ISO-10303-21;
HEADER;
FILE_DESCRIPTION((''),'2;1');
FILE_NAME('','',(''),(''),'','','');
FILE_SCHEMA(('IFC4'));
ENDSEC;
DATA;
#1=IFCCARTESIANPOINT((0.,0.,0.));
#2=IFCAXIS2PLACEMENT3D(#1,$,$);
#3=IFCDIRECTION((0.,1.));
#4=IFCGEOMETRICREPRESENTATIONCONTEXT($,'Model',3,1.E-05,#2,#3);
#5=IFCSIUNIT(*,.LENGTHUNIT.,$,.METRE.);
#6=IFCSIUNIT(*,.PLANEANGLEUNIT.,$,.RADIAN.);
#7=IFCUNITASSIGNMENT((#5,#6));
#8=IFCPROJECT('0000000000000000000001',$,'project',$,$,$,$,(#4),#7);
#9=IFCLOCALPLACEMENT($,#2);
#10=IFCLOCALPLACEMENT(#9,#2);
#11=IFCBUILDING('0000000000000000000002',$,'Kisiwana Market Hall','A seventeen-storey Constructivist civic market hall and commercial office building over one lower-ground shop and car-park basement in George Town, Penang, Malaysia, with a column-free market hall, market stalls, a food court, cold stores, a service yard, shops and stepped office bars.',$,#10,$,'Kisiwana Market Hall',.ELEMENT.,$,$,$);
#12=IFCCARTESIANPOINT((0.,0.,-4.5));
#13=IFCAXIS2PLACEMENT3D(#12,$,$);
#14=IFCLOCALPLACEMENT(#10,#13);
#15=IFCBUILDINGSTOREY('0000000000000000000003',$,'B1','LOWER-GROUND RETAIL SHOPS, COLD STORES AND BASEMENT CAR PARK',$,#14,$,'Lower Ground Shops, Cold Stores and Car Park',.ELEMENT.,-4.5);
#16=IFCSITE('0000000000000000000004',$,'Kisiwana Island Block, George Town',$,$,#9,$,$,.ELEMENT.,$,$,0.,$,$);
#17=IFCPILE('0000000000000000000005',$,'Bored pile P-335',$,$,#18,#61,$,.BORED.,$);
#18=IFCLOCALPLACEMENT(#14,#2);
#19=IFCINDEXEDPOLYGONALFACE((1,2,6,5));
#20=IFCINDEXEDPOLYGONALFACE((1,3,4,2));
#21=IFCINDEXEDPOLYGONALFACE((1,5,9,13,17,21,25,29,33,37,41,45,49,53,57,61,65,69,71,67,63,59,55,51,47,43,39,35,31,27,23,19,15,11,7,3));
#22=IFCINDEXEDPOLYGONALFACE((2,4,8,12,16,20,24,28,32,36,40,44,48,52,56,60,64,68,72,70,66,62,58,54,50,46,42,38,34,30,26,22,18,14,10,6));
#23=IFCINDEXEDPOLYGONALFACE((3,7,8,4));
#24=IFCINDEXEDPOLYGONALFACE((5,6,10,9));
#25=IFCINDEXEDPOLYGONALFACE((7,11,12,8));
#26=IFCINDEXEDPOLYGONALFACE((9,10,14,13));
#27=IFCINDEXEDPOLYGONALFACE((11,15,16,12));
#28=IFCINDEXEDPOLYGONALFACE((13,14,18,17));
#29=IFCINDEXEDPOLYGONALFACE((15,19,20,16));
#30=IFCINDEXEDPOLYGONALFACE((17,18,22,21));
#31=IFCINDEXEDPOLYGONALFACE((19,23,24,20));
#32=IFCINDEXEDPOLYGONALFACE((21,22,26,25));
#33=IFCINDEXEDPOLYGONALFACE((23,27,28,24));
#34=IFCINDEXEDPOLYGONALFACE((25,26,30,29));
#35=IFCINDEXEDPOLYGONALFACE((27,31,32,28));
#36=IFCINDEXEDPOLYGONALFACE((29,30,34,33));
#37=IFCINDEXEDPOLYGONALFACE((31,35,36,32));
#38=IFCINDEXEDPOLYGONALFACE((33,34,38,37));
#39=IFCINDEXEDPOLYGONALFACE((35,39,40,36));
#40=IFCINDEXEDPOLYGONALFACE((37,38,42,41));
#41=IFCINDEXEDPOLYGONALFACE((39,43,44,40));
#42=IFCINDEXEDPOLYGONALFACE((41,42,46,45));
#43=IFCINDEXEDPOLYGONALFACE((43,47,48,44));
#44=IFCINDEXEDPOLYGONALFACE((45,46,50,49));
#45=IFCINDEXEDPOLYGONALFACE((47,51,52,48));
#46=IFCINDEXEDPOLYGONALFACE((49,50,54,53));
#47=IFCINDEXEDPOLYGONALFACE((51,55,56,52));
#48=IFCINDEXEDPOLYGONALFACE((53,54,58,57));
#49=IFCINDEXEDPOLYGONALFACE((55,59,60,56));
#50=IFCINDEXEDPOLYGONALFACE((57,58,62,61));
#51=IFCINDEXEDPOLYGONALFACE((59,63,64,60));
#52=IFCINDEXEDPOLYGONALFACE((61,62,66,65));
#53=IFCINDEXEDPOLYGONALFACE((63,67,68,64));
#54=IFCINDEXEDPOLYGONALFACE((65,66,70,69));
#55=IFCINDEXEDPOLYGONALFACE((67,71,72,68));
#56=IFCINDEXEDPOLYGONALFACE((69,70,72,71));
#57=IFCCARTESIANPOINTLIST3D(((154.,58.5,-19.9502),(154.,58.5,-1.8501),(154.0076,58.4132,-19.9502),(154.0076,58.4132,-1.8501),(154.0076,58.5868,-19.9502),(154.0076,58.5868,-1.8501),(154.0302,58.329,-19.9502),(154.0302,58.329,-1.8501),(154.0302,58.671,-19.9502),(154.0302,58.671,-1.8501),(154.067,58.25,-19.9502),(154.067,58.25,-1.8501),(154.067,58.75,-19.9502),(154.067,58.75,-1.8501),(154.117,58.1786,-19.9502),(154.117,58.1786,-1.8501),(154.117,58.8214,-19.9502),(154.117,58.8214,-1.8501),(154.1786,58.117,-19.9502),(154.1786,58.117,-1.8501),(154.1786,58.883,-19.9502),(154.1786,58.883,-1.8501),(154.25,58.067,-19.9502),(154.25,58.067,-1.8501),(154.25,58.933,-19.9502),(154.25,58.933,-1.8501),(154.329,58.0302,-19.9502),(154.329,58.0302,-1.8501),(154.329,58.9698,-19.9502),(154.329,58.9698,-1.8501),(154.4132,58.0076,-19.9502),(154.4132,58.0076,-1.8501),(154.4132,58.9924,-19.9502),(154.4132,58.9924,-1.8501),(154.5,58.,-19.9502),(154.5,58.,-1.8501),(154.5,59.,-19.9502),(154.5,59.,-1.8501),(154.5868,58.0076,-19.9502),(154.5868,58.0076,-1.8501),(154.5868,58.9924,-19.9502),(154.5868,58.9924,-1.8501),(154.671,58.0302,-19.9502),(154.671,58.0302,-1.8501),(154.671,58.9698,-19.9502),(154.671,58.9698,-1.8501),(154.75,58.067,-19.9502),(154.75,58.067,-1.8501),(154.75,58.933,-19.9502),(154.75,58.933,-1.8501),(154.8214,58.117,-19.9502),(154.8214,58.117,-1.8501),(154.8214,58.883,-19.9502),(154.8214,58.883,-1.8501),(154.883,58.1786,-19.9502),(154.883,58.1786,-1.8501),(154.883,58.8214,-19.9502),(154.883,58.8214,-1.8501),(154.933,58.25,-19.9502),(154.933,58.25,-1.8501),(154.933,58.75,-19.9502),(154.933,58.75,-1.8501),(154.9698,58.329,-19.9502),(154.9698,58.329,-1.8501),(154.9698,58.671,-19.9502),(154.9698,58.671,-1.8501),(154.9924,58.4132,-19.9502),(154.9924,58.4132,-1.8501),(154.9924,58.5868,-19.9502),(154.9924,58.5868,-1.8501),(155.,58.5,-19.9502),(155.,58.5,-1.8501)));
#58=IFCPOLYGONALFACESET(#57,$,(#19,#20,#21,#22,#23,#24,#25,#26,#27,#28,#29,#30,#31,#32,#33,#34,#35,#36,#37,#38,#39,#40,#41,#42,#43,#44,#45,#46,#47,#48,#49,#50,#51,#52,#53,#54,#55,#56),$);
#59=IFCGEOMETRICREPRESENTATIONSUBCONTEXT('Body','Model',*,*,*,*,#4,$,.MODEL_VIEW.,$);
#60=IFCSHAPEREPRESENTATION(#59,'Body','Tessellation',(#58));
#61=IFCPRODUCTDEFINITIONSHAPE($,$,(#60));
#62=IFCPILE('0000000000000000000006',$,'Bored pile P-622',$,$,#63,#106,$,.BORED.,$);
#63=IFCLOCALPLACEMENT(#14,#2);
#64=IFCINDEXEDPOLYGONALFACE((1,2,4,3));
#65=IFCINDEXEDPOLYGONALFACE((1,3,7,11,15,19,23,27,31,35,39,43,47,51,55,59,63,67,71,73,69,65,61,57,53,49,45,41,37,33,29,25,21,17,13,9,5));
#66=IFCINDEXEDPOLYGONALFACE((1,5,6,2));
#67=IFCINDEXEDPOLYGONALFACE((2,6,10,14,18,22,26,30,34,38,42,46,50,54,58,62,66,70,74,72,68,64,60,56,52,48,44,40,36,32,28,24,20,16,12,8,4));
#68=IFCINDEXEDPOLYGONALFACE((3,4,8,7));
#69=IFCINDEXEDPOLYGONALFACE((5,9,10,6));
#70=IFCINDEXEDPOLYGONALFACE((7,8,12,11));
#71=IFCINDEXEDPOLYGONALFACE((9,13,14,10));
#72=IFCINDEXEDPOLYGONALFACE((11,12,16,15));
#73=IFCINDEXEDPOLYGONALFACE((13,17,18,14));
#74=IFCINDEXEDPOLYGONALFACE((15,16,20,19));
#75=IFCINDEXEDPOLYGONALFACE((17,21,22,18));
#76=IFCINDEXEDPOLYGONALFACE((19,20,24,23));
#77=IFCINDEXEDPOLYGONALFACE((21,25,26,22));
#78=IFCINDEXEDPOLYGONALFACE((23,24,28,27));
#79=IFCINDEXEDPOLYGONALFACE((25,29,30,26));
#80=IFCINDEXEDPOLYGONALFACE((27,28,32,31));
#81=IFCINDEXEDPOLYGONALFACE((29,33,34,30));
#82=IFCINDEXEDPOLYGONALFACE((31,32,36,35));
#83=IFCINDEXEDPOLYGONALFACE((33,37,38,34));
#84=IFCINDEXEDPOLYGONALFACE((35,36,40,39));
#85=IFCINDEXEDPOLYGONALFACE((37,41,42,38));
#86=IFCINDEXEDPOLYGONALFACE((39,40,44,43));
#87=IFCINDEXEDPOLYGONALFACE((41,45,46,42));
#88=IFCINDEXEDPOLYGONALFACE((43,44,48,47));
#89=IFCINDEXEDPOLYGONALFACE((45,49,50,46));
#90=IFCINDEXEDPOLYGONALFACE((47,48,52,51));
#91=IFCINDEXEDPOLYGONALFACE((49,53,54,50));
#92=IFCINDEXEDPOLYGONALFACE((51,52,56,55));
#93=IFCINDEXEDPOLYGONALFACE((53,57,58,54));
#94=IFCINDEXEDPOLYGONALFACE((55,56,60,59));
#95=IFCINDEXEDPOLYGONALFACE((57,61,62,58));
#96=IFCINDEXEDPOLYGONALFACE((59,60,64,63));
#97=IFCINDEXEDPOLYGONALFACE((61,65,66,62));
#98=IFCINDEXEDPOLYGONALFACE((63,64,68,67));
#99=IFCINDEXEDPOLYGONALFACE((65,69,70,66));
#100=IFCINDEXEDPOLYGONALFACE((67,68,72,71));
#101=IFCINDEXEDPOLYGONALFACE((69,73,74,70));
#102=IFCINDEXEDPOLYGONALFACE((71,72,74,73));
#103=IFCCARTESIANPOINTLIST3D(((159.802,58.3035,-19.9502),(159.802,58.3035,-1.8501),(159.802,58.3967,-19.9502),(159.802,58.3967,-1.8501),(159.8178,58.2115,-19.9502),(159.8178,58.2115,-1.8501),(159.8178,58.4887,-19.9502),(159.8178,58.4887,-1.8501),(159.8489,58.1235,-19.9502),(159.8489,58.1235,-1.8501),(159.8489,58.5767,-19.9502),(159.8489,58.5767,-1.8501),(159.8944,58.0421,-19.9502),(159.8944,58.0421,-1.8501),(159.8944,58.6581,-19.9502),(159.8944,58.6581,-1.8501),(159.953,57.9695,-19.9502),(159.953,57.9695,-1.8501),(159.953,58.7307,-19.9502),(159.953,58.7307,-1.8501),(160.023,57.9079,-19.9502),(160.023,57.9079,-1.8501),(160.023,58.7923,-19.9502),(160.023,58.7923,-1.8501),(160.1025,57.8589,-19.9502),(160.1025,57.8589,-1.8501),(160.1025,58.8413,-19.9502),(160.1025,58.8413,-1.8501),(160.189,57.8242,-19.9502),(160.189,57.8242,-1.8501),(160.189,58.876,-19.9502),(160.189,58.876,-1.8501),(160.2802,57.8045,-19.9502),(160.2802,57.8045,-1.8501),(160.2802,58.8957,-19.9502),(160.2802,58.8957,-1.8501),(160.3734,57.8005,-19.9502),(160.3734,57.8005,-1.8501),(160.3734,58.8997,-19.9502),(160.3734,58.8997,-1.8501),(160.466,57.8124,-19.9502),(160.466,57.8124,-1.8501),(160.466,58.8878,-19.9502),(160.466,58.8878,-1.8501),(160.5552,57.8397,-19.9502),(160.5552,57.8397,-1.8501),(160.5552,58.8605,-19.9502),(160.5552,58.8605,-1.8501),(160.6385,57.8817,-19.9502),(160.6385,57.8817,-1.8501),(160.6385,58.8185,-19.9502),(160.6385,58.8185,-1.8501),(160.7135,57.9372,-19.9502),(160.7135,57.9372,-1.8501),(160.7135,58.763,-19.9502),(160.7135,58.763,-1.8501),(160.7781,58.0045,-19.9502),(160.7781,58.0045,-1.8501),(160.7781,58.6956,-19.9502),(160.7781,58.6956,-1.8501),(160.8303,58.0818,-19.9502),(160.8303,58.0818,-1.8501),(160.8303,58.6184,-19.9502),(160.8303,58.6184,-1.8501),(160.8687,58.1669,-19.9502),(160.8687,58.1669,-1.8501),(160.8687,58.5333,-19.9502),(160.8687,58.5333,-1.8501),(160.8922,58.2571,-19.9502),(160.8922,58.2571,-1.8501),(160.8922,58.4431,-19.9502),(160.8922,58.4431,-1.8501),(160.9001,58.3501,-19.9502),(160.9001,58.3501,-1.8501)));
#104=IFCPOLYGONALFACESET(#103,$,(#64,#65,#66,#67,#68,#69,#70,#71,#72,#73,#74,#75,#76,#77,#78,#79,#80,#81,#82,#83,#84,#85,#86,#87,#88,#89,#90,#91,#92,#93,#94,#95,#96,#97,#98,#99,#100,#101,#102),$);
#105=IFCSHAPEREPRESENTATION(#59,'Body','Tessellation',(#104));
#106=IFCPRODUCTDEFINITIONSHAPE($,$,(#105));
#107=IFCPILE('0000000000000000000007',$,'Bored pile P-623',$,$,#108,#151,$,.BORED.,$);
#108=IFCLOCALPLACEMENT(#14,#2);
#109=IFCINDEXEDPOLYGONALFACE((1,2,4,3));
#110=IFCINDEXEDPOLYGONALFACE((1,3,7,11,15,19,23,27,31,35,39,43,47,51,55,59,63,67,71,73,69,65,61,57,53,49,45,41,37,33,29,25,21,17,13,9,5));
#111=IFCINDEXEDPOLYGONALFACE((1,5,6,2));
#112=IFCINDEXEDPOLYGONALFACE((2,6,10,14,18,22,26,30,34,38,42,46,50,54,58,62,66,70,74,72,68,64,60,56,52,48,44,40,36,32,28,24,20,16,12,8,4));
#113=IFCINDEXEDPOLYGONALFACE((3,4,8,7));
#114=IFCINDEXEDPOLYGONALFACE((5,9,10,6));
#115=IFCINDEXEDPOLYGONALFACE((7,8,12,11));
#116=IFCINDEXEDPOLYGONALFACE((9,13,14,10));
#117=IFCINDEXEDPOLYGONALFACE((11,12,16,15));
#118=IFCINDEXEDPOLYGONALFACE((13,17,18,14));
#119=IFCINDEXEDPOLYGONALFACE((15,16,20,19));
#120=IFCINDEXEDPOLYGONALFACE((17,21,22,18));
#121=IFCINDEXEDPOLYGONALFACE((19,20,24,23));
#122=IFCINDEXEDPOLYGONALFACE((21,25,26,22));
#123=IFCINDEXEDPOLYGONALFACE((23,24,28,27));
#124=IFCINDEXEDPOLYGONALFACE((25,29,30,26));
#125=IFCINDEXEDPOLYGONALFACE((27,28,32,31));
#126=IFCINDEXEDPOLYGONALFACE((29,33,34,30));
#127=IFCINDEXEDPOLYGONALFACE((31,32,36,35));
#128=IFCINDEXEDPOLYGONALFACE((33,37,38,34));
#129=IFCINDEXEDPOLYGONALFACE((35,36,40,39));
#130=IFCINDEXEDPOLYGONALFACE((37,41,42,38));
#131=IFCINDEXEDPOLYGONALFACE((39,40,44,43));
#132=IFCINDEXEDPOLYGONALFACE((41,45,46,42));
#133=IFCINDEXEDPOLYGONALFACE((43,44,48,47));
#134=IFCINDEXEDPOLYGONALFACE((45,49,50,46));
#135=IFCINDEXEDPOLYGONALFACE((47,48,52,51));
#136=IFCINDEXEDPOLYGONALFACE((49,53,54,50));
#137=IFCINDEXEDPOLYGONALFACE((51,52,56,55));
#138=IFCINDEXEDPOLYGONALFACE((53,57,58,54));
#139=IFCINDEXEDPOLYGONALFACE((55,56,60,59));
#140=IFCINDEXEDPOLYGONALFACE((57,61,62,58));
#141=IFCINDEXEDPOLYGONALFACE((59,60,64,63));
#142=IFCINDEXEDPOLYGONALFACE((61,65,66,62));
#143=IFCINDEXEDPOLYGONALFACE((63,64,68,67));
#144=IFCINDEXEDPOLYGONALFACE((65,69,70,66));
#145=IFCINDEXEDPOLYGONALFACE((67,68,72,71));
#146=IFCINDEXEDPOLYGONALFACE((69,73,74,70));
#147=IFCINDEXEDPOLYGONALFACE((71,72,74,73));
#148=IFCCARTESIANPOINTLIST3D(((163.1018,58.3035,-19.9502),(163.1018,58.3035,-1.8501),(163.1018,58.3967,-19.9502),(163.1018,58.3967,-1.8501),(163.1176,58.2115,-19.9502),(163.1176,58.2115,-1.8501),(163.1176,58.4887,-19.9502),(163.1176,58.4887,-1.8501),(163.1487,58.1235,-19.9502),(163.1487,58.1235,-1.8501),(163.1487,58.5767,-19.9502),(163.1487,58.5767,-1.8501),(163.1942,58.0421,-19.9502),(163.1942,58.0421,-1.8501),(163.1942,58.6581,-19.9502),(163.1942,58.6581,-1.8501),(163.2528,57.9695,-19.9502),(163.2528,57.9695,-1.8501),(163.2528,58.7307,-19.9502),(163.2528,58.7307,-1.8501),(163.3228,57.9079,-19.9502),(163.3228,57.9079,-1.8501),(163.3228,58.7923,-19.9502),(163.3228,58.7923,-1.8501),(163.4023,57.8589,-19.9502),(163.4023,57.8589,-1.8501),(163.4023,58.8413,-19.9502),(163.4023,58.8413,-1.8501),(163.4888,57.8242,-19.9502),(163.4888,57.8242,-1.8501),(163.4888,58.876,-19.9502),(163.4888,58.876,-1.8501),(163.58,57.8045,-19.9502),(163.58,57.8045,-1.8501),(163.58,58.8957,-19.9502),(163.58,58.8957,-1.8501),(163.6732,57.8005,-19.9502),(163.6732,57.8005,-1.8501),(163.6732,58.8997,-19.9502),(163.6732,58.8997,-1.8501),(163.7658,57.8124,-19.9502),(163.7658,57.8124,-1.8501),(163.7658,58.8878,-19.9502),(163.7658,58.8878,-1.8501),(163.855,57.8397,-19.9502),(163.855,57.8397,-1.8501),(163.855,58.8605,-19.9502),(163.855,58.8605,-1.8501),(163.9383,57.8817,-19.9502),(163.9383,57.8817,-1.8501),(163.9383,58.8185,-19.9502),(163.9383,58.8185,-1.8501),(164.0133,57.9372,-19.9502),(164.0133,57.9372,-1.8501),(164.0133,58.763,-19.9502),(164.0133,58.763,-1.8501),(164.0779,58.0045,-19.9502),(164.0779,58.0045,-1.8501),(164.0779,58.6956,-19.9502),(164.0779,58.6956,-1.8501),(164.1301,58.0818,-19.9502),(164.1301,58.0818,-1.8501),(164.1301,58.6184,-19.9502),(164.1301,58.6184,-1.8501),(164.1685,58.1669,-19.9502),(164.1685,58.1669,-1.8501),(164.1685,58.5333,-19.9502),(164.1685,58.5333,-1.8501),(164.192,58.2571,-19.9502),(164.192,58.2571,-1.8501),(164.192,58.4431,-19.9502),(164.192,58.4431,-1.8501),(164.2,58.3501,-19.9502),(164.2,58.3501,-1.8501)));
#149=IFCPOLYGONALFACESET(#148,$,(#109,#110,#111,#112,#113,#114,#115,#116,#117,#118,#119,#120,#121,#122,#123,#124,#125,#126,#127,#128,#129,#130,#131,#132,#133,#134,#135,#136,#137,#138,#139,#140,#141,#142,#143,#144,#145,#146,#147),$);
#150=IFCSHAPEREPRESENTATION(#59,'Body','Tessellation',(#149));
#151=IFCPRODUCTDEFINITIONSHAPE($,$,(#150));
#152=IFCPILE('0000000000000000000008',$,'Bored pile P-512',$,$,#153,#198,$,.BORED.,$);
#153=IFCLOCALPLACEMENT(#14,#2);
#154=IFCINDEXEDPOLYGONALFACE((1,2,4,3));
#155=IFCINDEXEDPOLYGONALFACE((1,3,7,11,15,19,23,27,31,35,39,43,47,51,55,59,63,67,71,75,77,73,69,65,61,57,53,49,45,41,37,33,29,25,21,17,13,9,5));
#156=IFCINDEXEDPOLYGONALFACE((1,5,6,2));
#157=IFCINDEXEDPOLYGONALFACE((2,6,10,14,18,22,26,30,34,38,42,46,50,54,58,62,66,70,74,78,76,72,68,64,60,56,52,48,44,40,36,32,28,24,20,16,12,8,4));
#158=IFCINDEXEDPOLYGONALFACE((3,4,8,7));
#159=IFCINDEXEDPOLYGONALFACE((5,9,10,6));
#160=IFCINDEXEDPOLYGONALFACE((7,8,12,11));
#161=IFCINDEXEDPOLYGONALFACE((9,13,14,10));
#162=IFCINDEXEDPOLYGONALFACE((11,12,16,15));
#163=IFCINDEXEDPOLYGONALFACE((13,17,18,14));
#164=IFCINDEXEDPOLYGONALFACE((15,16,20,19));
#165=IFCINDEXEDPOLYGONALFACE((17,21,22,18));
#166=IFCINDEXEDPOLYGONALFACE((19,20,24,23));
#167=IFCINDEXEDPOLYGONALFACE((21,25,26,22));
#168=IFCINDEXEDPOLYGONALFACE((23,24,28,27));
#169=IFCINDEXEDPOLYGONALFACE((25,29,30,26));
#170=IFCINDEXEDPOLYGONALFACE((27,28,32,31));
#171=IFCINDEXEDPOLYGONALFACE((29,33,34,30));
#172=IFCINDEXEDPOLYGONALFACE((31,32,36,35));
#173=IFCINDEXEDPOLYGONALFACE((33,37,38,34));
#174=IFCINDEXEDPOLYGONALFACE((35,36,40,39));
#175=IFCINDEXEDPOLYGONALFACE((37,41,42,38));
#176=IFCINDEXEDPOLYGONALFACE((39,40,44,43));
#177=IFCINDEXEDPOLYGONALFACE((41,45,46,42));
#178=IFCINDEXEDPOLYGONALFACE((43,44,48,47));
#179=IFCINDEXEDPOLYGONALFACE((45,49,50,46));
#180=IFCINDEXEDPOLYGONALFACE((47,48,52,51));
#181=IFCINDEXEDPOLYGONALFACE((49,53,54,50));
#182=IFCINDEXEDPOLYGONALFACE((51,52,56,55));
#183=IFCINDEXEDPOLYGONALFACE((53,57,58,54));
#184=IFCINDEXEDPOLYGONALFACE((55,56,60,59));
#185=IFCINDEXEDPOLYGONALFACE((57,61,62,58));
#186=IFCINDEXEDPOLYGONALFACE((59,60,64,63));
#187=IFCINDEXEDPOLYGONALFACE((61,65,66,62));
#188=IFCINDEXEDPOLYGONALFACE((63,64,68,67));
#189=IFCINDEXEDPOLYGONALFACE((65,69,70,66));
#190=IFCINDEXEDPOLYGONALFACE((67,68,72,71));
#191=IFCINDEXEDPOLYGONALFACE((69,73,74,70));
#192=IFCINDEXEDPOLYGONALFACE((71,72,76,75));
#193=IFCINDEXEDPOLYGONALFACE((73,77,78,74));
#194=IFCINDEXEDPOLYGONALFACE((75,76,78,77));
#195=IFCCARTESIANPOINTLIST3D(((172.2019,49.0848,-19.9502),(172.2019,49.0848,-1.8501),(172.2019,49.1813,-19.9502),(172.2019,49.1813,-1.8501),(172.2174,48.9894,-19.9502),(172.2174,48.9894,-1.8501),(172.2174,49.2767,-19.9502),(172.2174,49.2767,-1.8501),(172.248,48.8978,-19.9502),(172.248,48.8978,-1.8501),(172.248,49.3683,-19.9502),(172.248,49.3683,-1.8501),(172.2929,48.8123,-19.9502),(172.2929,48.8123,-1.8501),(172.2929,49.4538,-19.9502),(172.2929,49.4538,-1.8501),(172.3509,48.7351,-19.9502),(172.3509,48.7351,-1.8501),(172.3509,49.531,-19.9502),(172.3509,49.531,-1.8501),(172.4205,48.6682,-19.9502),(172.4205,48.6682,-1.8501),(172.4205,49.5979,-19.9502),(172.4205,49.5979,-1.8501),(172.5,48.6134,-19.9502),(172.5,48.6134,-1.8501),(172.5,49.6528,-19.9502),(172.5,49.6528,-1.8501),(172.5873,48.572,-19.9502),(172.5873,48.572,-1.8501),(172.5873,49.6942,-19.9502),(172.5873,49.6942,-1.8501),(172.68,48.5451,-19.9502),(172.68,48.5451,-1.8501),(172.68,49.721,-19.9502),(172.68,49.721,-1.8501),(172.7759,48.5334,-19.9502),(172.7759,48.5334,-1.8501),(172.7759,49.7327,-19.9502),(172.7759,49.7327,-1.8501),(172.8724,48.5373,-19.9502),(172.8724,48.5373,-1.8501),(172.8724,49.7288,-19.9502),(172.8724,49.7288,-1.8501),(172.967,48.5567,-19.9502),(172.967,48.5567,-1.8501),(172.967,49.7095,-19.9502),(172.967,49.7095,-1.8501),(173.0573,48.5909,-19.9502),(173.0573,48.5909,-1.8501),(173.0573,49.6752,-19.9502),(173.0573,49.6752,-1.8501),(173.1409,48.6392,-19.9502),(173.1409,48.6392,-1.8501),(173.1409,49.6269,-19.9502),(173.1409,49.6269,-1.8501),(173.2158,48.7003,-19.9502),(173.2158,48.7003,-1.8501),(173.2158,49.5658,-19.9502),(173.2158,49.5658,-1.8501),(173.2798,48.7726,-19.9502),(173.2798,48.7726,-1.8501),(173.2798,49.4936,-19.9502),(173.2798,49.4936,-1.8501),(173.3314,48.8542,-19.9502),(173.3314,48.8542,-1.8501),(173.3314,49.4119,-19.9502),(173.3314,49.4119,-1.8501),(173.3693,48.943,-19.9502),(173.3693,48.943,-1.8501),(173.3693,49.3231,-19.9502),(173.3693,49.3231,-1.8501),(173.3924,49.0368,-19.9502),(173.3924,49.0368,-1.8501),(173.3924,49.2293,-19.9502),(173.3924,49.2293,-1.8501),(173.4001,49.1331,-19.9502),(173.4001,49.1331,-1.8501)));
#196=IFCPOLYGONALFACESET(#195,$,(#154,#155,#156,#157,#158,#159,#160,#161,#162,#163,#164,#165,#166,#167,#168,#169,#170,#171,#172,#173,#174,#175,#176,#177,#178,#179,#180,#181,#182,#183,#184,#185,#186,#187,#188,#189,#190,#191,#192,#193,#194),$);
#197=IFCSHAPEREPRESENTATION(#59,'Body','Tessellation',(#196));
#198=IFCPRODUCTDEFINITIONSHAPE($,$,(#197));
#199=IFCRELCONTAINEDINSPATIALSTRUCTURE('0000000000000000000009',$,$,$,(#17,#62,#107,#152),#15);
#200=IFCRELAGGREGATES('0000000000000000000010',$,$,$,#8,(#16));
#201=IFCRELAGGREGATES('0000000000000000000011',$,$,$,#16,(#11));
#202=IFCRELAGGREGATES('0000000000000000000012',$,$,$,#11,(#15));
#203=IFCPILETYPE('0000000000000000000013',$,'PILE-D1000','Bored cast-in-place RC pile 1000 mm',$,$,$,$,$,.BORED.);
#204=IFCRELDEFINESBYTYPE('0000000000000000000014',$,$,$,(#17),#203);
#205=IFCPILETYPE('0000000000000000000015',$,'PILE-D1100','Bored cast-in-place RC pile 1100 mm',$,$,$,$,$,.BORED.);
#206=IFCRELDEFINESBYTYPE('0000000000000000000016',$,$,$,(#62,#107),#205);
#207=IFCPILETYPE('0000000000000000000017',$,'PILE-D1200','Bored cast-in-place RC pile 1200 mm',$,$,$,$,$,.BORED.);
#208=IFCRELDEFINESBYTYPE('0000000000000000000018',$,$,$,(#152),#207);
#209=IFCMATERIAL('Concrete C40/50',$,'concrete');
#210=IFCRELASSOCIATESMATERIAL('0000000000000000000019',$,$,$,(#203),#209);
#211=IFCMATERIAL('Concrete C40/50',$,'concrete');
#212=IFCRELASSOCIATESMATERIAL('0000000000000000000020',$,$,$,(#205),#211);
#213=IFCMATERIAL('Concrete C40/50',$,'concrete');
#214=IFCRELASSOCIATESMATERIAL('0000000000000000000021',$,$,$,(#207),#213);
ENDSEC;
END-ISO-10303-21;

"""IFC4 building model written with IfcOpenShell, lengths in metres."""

from ifc_helpers import new_model, si_unit, direction, frame, origin, origin_2d, place, context, subcontext, project, spatial, circle, extrude, material, material_profile, profile_set, type_object, element, save


model = new_model("IFC4")

# Units and contexts
model_context = context("Model", 3, precision=1e-05, world=origin(), true_north=direction((0.0, 1.0)))
body_context = subcontext(model_context, "Body", "Model", "MODEL_VIEW")
ifc_project = project(units=[si_unit("LENGTHUNIT", "METRE"), si_unit("PLANEANGLEUNIT", "RADIAN")], contexts=[model_context])

# Site, building, storey
site_placement = place(None, origin())
site = spatial("IfcSite", under=ifc_project, at=site_placement, Name="Kisiwana Island Block, George Town", CompositionType="ELEMENT", RefElevation=0.0)
building_placement = place(site_placement, origin())
building = spatial("IfcBuilding", under=site, at=building_placement, Name="Kisiwana Market Hall", Description="A seventeen-storey Constructivist civic market hall and commercial office building over one lower-ground shop and car-park basement in George Town, Penang, Malaysia, with a column-free market hall, market stalls, a food court, cold stores, a service yard, shops and stepped office bars.", LongName="Kisiwana Market Hall", CompositionType="ELEMENT")
storey_placement = place(building_placement, frame((0.0, 0.0, -4.5)))
storey = spatial("IfcBuildingStorey", under=building, at=storey_placement, Name="B1", Description="LOWER-GROUND RETAIL SHOPS, COLD STORES AND BASEMENT CAR PARK", LongName="Lower Ground Shops, Cold Stores and Car Park", CompositionType="ELEMENT", Elevation=-4.5)

# Piles
ifc_material_1 = material(Name="Concrete C40/50", Category="concrete")
ifc_material_profile_1 = material_profile(ifc_material_1, circle(Radius=0.5, at=origin_2d()), Name="BP D1000")
ifc_profile_set_1 = profile_set([ifc_material_profile_1], Name="Concrete C40/50")
pile_type_1 = type_object("IfcPileType", Name="PILE-D1000", Description="Bored cast-in-place RC pile 1000 mm", PredefinedType="BORED", material=ifc_profile_set_1)
pile_placement = place(storey_placement, frame((154.5, 58.5, -1.8501), z_axis=(0.0, 0.0, -1.0), x_axis=(1.0, 0.0, 0.0)))
element("IfcPile", 1, at=pile_placement, inside=storey, type_object=pile_type_1, Name="Bored pile P-335", PredefinedType="BORED", context=body_context, shape_type="SweptSolid", body=[
    extrude(circle(Radius=0.5, at=origin_2d()), origin(), (0.0, 0.0, 1.0), 18.1001),
])
ifc_material_2 = material(Name="Concrete C40/50", Category="concrete")
ifc_material_profile_2 = material_profile(ifc_material_2, circle(Radius=0.55, at=origin_2d()), Name="BP D1100")
ifc_profile_set_2 = profile_set([ifc_material_profile_2], Name="Concrete C40/50")
pile_type_2 = type_object("IfcPileType", Name="PILE-D1100", Description="Bored cast-in-place RC pile 1100 mm", PredefinedType="BORED", material=ifc_profile_set_2)
for number, where, z_axis, x_axis, name in (
    (2, (160.3501, 58.3501, -1.8501), (0.0, 0.0, -1.0), (1.0, 0.0, 0.0), "Bored pile P-622"),
    (3, (163.6499, 58.3501, -1.8501), (0.0, 0.0, -1.0), (1.0, 0.0, 0.0), "Bored pile P-623"),
):
    element("IfcPile", number, at=place(storey_placement, frame(where, z_axis=z_axis, x_axis=x_axis)), inside=storey, type_object=pile_type_2, Name=name, PredefinedType="BORED", context=body_context, shape_type="SweptSolid", body=[
        extrude(circle(Radius=0.55, at=origin_2d()), origin(), (0.0, 0.0, 1.0), 18.1001),
    ])
ifc_material_3 = material(Name="Concrete C40/50", Category="concrete")
ifc_material_profile_3 = material_profile(ifc_material_3, circle(Radius=0.6001, at=origin_2d()), Name="BP D1200")
ifc_profile_set_3 = profile_set([ifc_material_profile_3], Name="Concrete C40/50")
pile_type_3 = type_object("IfcPileType", Name="PILE-D1200", Description="Bored cast-in-place RC pile 1200 mm", PredefinedType="BORED", material=ifc_profile_set_3)
for number, where, z_axis, x_axis, name in (
    (4, (172.8, 49.1331, -1.8501), (0.0, 0.0, -1.0), (1.0, 0.0, 0.0), "Bored pile P-512"),
):
    element("IfcPile", number, at=place(storey_placement, frame(where, z_axis=z_axis, x_axis=x_axis)), inside=storey, type_object=pile_type_3, Name=name, PredefinedType="BORED", context=body_context, shape_type="SweptSolid", body=[
        extrude(circle(Radius=0.6001, at=origin_2d()), origin(), (0.0, 0.0, 1.0), 18.1001),
    ])

save(model, "model.ifc")
